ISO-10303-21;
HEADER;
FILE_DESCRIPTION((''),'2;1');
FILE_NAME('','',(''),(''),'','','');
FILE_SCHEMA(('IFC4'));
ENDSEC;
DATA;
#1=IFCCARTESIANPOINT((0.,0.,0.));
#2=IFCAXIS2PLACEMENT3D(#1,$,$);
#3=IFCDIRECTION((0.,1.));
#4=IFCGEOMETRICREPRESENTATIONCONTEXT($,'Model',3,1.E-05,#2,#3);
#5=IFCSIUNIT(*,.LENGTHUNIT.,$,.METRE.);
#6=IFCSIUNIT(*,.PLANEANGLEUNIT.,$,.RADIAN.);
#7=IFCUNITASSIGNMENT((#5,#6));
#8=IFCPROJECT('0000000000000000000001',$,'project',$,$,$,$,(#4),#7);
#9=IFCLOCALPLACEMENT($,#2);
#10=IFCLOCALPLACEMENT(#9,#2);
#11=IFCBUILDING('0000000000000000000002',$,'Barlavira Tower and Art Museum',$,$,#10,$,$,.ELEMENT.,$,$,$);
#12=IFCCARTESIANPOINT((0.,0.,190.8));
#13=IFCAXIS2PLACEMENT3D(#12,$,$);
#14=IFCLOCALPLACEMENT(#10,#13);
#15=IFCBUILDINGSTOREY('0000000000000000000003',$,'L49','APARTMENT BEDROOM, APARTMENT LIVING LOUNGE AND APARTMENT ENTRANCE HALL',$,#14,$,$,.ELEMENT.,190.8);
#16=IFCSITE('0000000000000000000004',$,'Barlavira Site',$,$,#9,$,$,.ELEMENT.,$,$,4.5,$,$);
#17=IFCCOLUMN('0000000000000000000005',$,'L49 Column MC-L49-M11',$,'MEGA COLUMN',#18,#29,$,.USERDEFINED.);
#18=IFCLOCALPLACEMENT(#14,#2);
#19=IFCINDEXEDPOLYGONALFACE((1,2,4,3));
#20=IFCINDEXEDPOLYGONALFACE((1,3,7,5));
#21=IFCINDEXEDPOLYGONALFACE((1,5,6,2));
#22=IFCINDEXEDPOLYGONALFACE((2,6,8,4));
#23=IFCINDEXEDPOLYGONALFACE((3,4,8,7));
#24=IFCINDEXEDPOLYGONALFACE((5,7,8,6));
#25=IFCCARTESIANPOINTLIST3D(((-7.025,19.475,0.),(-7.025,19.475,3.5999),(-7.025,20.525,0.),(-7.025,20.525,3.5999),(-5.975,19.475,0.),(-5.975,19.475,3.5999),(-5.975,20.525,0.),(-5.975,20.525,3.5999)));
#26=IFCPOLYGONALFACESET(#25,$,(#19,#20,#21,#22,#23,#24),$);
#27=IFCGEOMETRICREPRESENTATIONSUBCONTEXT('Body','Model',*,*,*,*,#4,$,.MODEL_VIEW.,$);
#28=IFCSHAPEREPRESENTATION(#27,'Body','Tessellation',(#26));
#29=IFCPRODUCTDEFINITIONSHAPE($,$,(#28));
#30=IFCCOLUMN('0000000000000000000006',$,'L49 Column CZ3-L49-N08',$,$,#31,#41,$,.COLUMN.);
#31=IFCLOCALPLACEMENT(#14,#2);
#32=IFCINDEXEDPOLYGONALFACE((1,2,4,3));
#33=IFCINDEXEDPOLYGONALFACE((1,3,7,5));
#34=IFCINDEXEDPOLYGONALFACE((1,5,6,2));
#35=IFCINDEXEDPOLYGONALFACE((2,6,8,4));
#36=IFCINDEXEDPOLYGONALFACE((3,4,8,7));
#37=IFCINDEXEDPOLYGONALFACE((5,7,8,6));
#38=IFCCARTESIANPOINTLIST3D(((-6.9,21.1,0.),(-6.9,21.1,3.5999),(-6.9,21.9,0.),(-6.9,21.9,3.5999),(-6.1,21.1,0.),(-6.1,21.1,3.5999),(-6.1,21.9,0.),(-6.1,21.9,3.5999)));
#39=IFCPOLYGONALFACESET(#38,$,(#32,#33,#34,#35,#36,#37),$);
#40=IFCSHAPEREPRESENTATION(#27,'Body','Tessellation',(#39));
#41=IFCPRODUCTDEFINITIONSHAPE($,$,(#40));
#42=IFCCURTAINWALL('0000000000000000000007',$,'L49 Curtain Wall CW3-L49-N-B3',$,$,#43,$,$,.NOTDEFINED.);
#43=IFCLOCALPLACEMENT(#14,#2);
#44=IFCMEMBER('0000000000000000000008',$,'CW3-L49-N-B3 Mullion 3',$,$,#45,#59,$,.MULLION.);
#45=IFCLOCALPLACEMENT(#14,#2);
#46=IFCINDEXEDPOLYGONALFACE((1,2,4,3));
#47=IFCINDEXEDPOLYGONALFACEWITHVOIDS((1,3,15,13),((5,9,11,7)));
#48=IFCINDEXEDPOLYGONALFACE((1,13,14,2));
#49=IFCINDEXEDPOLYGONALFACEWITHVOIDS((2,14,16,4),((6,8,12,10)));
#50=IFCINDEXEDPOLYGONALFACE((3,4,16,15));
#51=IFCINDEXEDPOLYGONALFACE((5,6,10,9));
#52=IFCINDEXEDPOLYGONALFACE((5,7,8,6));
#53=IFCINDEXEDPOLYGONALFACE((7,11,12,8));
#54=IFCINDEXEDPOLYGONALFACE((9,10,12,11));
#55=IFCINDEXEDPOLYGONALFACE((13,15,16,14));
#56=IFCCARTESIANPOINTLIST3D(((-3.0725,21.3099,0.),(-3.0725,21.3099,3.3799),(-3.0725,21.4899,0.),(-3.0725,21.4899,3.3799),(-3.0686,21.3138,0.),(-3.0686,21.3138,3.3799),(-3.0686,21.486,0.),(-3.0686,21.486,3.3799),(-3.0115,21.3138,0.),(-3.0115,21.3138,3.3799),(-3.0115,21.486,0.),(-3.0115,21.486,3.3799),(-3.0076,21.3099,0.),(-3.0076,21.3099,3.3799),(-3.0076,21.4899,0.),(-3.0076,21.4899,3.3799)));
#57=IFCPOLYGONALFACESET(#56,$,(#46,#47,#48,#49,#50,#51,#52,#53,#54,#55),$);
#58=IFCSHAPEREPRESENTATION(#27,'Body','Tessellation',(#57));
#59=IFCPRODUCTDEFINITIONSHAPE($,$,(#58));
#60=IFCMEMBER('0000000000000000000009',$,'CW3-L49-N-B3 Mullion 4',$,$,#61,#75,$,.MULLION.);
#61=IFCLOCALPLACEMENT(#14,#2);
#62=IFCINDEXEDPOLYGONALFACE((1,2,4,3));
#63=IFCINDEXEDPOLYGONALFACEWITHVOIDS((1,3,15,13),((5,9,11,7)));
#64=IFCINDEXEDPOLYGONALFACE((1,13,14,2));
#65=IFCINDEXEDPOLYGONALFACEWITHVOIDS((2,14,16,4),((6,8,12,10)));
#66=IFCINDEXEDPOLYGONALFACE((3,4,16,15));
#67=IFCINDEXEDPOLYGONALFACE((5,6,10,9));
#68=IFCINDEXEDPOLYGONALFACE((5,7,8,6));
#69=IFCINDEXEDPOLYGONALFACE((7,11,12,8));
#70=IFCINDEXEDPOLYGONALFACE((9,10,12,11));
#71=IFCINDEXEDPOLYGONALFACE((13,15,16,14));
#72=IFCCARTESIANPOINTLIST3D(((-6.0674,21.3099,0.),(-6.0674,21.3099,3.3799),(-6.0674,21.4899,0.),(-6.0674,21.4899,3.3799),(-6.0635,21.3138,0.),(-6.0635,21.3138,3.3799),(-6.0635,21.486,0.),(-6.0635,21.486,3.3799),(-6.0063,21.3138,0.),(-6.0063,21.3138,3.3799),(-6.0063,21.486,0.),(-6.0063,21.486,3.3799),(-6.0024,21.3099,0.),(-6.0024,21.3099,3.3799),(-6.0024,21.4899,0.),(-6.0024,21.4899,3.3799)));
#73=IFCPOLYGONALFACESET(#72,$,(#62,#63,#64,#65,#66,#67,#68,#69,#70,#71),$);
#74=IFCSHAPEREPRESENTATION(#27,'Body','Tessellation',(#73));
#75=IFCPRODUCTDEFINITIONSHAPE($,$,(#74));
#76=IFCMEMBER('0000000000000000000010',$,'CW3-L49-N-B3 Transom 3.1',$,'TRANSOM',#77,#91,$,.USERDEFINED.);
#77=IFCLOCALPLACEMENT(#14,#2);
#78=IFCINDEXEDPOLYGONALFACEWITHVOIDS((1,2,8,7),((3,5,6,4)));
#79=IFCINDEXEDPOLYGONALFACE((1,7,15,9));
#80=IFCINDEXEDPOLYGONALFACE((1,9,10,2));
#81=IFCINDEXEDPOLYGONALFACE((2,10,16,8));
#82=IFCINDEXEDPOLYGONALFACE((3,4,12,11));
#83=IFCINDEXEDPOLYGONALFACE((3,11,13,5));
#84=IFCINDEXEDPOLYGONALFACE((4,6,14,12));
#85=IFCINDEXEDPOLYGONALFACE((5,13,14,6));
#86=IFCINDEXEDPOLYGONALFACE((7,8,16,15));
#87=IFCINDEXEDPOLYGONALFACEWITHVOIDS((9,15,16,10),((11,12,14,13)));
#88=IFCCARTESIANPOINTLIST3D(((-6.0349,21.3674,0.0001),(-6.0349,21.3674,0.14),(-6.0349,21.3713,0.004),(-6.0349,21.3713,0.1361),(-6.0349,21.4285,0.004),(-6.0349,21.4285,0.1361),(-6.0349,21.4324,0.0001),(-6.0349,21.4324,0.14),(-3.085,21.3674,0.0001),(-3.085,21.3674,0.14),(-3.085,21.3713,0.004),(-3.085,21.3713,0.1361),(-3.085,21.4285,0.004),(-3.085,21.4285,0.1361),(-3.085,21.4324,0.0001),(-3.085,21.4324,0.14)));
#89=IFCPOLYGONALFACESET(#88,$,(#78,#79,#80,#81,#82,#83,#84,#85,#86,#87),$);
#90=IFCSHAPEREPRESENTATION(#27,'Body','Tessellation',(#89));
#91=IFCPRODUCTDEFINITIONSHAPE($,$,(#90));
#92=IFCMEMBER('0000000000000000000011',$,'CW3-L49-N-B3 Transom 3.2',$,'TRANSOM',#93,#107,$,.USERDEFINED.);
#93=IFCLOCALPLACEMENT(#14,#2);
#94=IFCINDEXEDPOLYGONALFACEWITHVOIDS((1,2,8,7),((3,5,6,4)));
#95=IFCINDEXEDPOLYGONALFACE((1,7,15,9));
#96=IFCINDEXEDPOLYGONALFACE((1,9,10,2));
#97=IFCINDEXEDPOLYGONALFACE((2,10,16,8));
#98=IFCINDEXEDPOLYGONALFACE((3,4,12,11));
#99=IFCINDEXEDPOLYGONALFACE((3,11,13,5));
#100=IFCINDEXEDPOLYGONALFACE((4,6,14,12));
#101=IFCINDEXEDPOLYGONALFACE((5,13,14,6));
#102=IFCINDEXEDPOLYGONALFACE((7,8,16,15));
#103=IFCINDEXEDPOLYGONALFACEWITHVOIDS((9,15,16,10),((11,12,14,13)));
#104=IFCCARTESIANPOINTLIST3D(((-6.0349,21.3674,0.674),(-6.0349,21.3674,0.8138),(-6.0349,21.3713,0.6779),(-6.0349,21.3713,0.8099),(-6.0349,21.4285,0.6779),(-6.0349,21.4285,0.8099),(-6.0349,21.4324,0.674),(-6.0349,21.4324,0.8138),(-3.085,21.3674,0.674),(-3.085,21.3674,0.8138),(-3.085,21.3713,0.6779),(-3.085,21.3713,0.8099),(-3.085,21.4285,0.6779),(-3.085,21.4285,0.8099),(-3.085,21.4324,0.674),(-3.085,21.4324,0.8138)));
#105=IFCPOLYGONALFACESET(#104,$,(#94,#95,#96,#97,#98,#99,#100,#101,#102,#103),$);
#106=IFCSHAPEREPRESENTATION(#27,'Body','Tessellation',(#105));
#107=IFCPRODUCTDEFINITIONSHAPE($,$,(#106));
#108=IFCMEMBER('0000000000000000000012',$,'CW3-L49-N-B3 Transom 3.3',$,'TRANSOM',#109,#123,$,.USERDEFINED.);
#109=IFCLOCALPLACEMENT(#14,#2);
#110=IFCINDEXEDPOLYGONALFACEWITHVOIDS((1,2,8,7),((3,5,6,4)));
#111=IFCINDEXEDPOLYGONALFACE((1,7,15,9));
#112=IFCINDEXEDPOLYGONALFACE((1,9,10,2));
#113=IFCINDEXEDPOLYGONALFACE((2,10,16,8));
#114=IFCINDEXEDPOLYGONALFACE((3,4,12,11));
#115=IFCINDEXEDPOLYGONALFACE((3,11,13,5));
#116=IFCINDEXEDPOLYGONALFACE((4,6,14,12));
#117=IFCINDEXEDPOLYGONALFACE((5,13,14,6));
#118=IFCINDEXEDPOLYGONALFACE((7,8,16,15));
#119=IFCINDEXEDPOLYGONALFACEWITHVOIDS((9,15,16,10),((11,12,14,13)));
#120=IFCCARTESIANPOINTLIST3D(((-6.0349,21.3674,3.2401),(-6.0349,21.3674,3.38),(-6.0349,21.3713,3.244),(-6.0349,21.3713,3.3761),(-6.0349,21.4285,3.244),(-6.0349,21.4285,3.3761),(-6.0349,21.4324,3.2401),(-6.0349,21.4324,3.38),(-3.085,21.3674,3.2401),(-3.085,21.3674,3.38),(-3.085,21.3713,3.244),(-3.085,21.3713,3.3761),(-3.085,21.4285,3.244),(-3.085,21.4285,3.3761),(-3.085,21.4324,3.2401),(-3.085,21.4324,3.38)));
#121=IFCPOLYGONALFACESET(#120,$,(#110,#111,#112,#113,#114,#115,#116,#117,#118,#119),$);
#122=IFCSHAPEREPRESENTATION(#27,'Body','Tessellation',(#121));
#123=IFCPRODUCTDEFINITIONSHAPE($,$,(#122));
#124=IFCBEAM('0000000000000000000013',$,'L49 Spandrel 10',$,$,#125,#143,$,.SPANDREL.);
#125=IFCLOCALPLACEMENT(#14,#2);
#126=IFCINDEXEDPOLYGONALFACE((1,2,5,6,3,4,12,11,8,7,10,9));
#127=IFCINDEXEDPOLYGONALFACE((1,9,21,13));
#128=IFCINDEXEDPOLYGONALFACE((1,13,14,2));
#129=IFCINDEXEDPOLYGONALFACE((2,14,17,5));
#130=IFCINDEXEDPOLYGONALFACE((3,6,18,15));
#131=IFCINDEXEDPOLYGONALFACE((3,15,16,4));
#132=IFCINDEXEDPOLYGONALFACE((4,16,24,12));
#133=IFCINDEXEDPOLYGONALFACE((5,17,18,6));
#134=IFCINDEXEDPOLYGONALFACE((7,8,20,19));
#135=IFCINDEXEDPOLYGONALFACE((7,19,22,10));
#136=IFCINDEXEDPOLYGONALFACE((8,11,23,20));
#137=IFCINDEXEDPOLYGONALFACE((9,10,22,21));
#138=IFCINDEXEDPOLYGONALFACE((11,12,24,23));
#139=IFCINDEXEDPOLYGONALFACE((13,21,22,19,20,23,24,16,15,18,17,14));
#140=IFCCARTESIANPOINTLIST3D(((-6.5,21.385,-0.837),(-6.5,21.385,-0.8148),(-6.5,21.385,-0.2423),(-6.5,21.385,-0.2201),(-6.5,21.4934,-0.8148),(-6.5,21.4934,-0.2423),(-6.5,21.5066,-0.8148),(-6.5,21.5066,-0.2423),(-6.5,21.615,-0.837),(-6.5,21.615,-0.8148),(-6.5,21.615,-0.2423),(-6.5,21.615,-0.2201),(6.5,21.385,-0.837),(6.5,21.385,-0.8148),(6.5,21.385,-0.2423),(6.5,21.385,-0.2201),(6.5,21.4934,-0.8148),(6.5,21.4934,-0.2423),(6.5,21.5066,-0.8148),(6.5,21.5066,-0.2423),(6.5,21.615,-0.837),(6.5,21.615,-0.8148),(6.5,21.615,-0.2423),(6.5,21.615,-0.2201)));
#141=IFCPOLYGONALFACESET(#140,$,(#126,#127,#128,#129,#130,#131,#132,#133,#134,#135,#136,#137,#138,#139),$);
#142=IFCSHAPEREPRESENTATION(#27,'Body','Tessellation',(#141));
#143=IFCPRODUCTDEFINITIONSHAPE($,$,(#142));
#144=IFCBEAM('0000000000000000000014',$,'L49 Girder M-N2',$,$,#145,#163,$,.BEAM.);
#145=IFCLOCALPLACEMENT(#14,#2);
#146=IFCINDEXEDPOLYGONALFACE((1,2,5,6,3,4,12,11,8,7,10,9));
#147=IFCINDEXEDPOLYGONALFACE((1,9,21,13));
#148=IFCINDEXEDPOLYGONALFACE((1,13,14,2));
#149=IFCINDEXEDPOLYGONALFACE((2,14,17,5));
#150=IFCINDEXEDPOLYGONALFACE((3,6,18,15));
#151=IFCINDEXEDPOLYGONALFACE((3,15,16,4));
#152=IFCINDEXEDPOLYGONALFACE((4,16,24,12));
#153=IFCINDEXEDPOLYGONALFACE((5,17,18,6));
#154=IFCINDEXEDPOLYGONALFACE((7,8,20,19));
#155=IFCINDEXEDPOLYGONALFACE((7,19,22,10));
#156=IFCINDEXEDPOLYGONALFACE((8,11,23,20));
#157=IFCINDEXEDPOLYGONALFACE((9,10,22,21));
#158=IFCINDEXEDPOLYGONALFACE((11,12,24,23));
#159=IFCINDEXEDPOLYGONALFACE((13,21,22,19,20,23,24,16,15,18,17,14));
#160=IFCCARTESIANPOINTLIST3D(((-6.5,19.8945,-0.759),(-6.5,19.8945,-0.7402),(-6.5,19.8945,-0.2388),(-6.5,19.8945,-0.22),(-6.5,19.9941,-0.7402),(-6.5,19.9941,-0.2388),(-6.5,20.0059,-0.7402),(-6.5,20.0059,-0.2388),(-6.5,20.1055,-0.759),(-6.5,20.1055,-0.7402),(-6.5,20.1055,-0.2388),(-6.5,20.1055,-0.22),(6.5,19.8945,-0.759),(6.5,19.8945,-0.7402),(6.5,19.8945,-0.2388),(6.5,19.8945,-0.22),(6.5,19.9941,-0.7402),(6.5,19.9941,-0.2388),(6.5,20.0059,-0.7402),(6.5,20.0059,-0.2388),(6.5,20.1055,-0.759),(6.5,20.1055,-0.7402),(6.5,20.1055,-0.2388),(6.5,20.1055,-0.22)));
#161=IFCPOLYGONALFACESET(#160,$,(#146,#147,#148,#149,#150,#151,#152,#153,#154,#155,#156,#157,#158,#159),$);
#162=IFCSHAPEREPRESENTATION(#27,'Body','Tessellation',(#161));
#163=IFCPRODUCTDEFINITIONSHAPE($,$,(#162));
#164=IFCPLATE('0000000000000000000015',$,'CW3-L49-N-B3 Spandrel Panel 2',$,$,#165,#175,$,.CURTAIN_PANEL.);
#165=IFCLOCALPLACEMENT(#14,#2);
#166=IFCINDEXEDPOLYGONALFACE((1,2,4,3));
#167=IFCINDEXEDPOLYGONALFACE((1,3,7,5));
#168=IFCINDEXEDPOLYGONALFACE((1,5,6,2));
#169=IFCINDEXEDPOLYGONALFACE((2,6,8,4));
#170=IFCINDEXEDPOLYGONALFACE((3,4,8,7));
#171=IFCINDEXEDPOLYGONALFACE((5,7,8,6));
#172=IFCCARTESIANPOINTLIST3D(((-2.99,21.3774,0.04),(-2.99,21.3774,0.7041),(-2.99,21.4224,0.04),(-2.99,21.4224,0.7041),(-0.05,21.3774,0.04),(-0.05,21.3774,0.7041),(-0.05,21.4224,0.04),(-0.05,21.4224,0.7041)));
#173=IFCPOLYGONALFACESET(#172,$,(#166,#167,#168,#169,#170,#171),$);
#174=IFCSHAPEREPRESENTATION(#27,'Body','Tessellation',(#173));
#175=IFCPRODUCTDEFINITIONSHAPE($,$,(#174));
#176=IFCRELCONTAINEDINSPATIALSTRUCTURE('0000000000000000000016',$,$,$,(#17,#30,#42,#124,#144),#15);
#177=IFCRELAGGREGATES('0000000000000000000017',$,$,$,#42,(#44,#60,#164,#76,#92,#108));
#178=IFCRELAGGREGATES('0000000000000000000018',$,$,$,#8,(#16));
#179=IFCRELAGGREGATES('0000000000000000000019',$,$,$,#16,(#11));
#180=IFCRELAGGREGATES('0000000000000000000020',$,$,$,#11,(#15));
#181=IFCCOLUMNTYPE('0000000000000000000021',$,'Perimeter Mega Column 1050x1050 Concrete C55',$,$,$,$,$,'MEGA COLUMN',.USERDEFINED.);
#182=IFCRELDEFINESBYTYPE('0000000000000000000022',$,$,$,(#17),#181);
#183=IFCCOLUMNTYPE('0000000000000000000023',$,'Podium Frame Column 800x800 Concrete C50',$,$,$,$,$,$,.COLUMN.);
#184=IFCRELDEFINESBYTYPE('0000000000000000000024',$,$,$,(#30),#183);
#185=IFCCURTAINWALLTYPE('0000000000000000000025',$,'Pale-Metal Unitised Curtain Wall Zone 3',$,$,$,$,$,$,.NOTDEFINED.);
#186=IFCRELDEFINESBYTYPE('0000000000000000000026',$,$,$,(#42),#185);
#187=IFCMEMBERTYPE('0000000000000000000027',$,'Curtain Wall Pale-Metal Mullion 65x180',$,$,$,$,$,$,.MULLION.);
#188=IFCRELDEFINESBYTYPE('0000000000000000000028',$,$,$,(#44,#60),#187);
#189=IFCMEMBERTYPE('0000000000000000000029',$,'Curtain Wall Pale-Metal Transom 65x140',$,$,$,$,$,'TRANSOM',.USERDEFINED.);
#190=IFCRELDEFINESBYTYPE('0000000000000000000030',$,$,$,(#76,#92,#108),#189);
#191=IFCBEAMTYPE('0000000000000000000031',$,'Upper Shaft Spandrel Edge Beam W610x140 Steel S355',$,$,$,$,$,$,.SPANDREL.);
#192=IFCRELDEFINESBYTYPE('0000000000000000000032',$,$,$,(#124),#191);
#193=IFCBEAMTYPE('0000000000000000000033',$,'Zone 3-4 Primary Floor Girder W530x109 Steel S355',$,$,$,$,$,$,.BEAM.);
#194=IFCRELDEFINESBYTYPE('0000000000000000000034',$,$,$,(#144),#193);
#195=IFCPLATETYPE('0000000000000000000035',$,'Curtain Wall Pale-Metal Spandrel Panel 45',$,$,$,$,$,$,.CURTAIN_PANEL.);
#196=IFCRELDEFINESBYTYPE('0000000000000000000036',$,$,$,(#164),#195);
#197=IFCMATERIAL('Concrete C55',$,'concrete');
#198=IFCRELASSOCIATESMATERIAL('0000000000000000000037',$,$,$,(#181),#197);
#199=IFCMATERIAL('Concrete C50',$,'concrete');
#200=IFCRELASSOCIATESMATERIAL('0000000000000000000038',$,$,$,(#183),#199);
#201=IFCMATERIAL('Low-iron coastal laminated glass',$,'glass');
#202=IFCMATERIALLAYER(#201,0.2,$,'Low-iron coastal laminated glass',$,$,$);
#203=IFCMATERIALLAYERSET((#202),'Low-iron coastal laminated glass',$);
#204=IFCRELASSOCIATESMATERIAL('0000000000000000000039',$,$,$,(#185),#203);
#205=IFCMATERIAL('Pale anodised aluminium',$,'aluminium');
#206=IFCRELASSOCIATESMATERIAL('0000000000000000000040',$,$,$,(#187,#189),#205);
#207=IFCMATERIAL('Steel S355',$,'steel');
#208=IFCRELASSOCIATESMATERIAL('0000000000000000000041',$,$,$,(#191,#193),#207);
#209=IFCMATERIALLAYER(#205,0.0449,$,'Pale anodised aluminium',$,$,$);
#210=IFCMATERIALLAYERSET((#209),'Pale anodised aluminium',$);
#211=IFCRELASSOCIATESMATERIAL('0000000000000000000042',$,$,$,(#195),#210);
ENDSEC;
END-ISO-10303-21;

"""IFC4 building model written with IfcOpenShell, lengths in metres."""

from ifc_helpers import new_model, si_unit, direction, frame, origin, origin_2d, place, context, subcontext, project, spatial, rectangle, hollow_rectangle, i_section, extrude, material, layer, layer_set, material_profile, profile_set, type_object, element, aggregate, save


model = new_model("IFC4")

# Units and contexts
model_context = context("Model", 3, precision=1e-05, world=origin(), true_north=direction((0.0, 1.0)))
body_context = subcontext(model_context, "Body", "Model", "MODEL_VIEW")
ifc_project = project(units=[si_unit("LENGTHUNIT", "METRE"), si_unit("PLANEANGLEUNIT", "RADIAN")], contexts=[model_context])

# Site, building, storey
site_placement = place(None, origin())
site = spatial("IfcSite", under=ifc_project, at=site_placement, Name="Barlavira Site", CompositionType="ELEMENT", RefElevation=4.5)
building_placement = place(site_placement, origin())
building = spatial("IfcBuilding", under=site, at=building_placement, Name="Barlavira Tower and Art Museum", CompositionType="ELEMENT")
storey_placement = place(building_placement, frame((0.0, 0.0, 190.8)))
storey = spatial("IfcBuildingStorey", under=building, at=storey_placement, Name="L49", Description="APARTMENT BEDROOM, APARTMENT LIVING LOUNGE AND APARTMENT ENTRANCE HALL", CompositionType="ELEMENT", Elevation=190.8)

# Columns
ifc_material_1 = material(Name="Concrete C55", Category="concrete")
ifc_material_profile_1 = material_profile(ifc_material_1, rectangle(XDim=1.05, YDim=1.05, at=origin_2d()), Name="RC-COL 1050x1050")
ifc_profile_set_1 = profile_set([ifc_material_profile_1], Name="Concrete C55")
column_type_1 = type_object("IfcColumnType", Name="Perimeter Mega Column 1050x1050 Concrete C55", ElementType="MEGA COLUMN", PredefinedType="USERDEFINED", material=ifc_profile_set_1)
column_1_placement = place(storey_placement, frame((-6.5, 20.0, 0.0), z_axis=(0.0, 0.0, 1.0), x_axis=(1.0, 0.0, 0.0)))
element("IfcColumn", 1, at=column_1_placement, inside=storey, type_object=column_type_1, Name="L49 Column MC-L49-M11", ObjectType="MEGA COLUMN", PredefinedType="USERDEFINED", context=body_context, shape_type="SweptSolid", body=[
    extrude(rectangle(XDim=1.05, YDim=1.05, at=origin_2d()), origin(), (0.0, 0.0, 1.0), 3.5999),
])
ifc_material_2 = material(Name="Concrete C50", Category="concrete")
ifc_material_profile_2 = material_profile(ifc_material_2, rectangle(XDim=0.8, YDim=0.8, at=origin_2d()), Name="RC-COL 800x800")
ifc_profile_set_2 = profile_set([ifc_material_profile_2], Name="Concrete C50")
column_type_2 = type_object("IfcColumnType", Name="Podium Frame Column 800x800 Concrete C50", PredefinedType="COLUMN", material=ifc_profile_set_2)
column_2_placement = place(storey_placement, frame((-6.5, 21.5, 0.0), z_axis=(0.0, 0.0, 1.0), x_axis=(1.0, 0.0, 0.0)))
element("IfcColumn", 2, at=column_2_placement, inside=storey, type_object=column_type_2, Name="L49 Column CZ3-L49-N08", PredefinedType="COLUMN", context=body_context, shape_type="SweptSolid", body=[
    extrude(rectangle(XDim=0.8, YDim=0.8, at=origin_2d()), origin(), (0.0, 0.0, 1.0), 3.5999),
])

# Curtain wall, members
ifc_material_3 = material(Name="Low-iron coastal laminated glass", Category="glass")
ifc_layer_1 = layer(ifc_material_3, 0.2, Name="Low-iron coastal laminated glass")
ifc_layer_set_1 = layer_set([ifc_layer_1], Name="Low-iron coastal laminated glass")
curtain_wall_type = type_object("IfcCurtainWallType", Name="Pale-Metal Unitised Curtain Wall Zone 3", PredefinedType="NOTDEFINED", material=ifc_layer_set_1)
curtain_wall_placement = place(storey_placement, origin())
curtain_wall = element("IfcCurtainWall", 3, at=curtain_wall_placement, inside=storey, type_object=curtain_wall_type, Name="L49 Curtain Wall CW3-L49-N-B3", PredefinedType="NOTDEFINED")
ifc_material_4 = material(Name="Pale anodised aluminium", Category="aluminium")
ifc_material_profile_3 = material_profile(ifc_material_4, hollow_rectangle(XDim=0.0649, YDim=0.1799, WallThickness=0.0039, at=origin_2d()), Name="ALU-MULL 65x180x4")
ifc_profile_set_3 = profile_set([ifc_material_profile_3], Name="Pale anodised aluminium")
member_type_1 = type_object("IfcMemberType", Name="Curtain Wall Pale-Metal Mullion 65x180", PredefinedType="MULLION", material=ifc_profile_set_3)
member_1_placement = place(storey_placement, frame((-3.04, 21.3999, 0.0), z_axis=(0.0, 0.0, 1.0), x_axis=(-1.0, 0.0, 0.0)))
member_1 = element("IfcMember", 4, at=member_1_placement, type_object=member_type_1, Name="CW3-L49-N-B3 Mullion 3", PredefinedType="MULLION", context=body_context, shape_type="SweptSolid", body=[
    extrude(hollow_rectangle(XDim=0.0649, YDim=0.1799, WallThickness=0.0039, at=origin_2d()), origin(), (0.0, 0.0, 1.0), 3.3799),
])
member_2_placement = place(storey_placement, frame((-6.0349, 21.3999, 0.0), z_axis=(0.0, 0.0, 1.0), x_axis=(-1.0, 0.0, 0.0)))
member_2 = element("IfcMember", 5, at=member_2_placement, type_object=member_type_1, Name="CW3-L49-N-B3 Mullion 4", PredefinedType="MULLION", context=body_context, shape_type="SweptSolid", body=[
    extrude(hollow_rectangle(XDim=0.0649, YDim=0.1799, WallThickness=0.0039, at=origin_2d()), origin(), (0.0, 0.0, 1.0), 3.3799),
])
ifc_material_profile_4 = material_profile(ifc_material_4, hollow_rectangle(XDim=0.0649, YDim=0.1399, WallThickness=0.0039, at=origin_2d()), Name="ALU-TRAN 65x140x4")
ifc_profile_set_4 = profile_set([ifc_material_profile_4], Name="Pale anodised aluminium")
member_type_2 = type_object("IfcMemberType", Name="Curtain Wall Pale-Metal Transom 65x140", ElementType="TRANSOM", PredefinedType="USERDEFINED", material=ifc_profile_set_4)
member_3_placement = place(storey_placement, frame((-3.085, 21.3999, 0.0701), z_axis=(-1.0, 0.0, 0.0), x_axis=(0.0, -1.0, 0.0)))
member_3 = element("IfcMember", 6, at=member_3_placement, type_object=member_type_2, Name="CW3-L49-N-B3 Transom 3.1", ObjectType="TRANSOM", PredefinedType="USERDEFINED", context=body_context, shape_type="SweptSolid", body=[
    extrude(hollow_rectangle(XDim=0.0649, YDim=0.1399, WallThickness=0.0039, at=origin_2d()), origin(), (0.0, 0.0, 1.0), 2.95),
])
member_4_placement = place(storey_placement, frame((-3.085, 21.3999, 0.7439), z_axis=(-1.0, 0.0, 0.0), x_axis=(0.0, -1.0, 0.0)))
member_4 = element("IfcMember", 7, at=member_4_placement, type_object=member_type_2, Name="CW3-L49-N-B3 Transom 3.2", ObjectType="TRANSOM", PredefinedType="USERDEFINED", context=body_context, shape_type="SweptSolid", body=[
    extrude(hollow_rectangle(XDim=0.0649, YDim=0.1399, WallThickness=0.0039, at=origin_2d()), origin(), (0.0, 0.0, 1.0), 2.95),
])
member_5_placement = place(storey_placement, frame((-3.085, 21.3999, 3.3101), z_axis=(-1.0, 0.0, 0.0), x_axis=(0.0, -1.0, 0.0)))
member_5 = element("IfcMember", 8, at=member_5_placement, type_object=member_type_2, Name="CW3-L49-N-B3 Transom 3.3", ObjectType="TRANSOM", PredefinedType="USERDEFINED", context=body_context, shape_type="SweptSolid", body=[
    extrude(hollow_rectangle(XDim=0.0649, YDim=0.1399, WallThickness=0.0039, at=origin_2d()), origin(), (0.0, 0.0, 1.0), 2.95),
])

# Beams
ifc_material_5 = material(Name="Steel S355", Category="steel")
ifc_material_profile_5 = material_profile(ifc_material_5, i_section(OverallWidth=0.23, OverallDepth=0.6169, WebThickness=0.0132, FlangeThickness=0.0222, at=origin_2d()), Name="W610x140.0")
ifc_profile_set_5 = profile_set([ifc_material_profile_5], Name="Steel S355")
beam_type_1 = type_object("IfcBeamType", Name="Upper Shaft Spandrel Edge Beam W610x140 Steel S355", PredefinedType="SPANDREL", material=ifc_profile_set_5)
beam_1_placement = place(storey_placement, frame((-6.5, 21.5, -0.5286), z_axis=(1.0, 0.0, 0.0), x_axis=(0.0, 1.0, 0.0)))
element("IfcBeam", 9, at=beam_1_placement, inside=storey, type_object=beam_type_1, Name="L49 Spandrel 10", PredefinedType="SPANDREL", context=body_context, shape_type="SweptSolid", body=[
    extrude(i_section(OverallWidth=0.23, OverallDepth=0.6169, WebThickness=0.0132, FlangeThickness=0.0222, at=origin_2d()), origin(), (0.0, 0.0, 1.0), 13.0),
])
ifc_material_profile_6 = material_profile(ifc_material_5, i_section(OverallWidth=0.2109, OverallDepth=0.5391, WebThickness=0.0117, FlangeThickness=0.0188, at=origin_2d()), Name="W530x109.0")
ifc_profile_set_6 = profile_set([ifc_material_profile_6], Name="Steel S355")
beam_type_2 = type_object("IfcBeamType", Name="Zone 3-4 Primary Floor Girder W530x109 Steel S355", PredefinedType="BEAM", material=ifc_profile_set_6)
beam_2_placement = place(storey_placement, frame((-6.5, 20.0, -0.4895), z_axis=(1.0, 0.0, 0.0), x_axis=(0.0, 1.0, 0.0)))
element("IfcBeam", 10, at=beam_2_placement, inside=storey, type_object=beam_type_2, Name="L49 Girder M-N2", PredefinedType="BEAM", context=body_context, shape_type="SweptSolid", body=[
    extrude(i_section(OverallWidth=0.2109, OverallDepth=0.5391, WebThickness=0.0117, FlangeThickness=0.0188, at=origin_2d()), origin(), (0.0, 0.0, 1.0), 13.0),
])

# Plate
ifc_layer_2 = layer(ifc_material_4, 0.0449, Name="Pale anodised aluminium")
ifc_layer_set_2 = layer_set([ifc_layer_2], Name="Pale anodised aluminium")
plate_type_1 = type_object("IfcPlateType", Name="Curtain Wall Pale-Metal Spandrel Panel 45", PredefinedType="CURTAIN_PANEL", material=ifc_layer_set_2)
plate_1_placement = place(storey_placement, frame((-1.52, 21.3999, 0.04), z_axis=(0.0, 0.0, 1.0), x_axis=(-1.0, 0.0, 0.0)))
plate_1 = element("IfcPlate", 11, at=plate_1_placement, type_object=plate_type_1, Name="CW3-L49-N-B3 Spandrel Panel 2", PredefinedType="CURTAIN_PANEL", context=body_context, shape_type="SweptSolid", body=[
    extrude(rectangle(XDim=2.9399, YDim=0.0449, at=origin_2d()), origin(), (0.0, 0.0, 1.0), 0.6641),
])
aggregate(curtain_wall, [member_1, member_2, plate_1, member_3, member_4, member_5])

save(model, "model.ifc")
